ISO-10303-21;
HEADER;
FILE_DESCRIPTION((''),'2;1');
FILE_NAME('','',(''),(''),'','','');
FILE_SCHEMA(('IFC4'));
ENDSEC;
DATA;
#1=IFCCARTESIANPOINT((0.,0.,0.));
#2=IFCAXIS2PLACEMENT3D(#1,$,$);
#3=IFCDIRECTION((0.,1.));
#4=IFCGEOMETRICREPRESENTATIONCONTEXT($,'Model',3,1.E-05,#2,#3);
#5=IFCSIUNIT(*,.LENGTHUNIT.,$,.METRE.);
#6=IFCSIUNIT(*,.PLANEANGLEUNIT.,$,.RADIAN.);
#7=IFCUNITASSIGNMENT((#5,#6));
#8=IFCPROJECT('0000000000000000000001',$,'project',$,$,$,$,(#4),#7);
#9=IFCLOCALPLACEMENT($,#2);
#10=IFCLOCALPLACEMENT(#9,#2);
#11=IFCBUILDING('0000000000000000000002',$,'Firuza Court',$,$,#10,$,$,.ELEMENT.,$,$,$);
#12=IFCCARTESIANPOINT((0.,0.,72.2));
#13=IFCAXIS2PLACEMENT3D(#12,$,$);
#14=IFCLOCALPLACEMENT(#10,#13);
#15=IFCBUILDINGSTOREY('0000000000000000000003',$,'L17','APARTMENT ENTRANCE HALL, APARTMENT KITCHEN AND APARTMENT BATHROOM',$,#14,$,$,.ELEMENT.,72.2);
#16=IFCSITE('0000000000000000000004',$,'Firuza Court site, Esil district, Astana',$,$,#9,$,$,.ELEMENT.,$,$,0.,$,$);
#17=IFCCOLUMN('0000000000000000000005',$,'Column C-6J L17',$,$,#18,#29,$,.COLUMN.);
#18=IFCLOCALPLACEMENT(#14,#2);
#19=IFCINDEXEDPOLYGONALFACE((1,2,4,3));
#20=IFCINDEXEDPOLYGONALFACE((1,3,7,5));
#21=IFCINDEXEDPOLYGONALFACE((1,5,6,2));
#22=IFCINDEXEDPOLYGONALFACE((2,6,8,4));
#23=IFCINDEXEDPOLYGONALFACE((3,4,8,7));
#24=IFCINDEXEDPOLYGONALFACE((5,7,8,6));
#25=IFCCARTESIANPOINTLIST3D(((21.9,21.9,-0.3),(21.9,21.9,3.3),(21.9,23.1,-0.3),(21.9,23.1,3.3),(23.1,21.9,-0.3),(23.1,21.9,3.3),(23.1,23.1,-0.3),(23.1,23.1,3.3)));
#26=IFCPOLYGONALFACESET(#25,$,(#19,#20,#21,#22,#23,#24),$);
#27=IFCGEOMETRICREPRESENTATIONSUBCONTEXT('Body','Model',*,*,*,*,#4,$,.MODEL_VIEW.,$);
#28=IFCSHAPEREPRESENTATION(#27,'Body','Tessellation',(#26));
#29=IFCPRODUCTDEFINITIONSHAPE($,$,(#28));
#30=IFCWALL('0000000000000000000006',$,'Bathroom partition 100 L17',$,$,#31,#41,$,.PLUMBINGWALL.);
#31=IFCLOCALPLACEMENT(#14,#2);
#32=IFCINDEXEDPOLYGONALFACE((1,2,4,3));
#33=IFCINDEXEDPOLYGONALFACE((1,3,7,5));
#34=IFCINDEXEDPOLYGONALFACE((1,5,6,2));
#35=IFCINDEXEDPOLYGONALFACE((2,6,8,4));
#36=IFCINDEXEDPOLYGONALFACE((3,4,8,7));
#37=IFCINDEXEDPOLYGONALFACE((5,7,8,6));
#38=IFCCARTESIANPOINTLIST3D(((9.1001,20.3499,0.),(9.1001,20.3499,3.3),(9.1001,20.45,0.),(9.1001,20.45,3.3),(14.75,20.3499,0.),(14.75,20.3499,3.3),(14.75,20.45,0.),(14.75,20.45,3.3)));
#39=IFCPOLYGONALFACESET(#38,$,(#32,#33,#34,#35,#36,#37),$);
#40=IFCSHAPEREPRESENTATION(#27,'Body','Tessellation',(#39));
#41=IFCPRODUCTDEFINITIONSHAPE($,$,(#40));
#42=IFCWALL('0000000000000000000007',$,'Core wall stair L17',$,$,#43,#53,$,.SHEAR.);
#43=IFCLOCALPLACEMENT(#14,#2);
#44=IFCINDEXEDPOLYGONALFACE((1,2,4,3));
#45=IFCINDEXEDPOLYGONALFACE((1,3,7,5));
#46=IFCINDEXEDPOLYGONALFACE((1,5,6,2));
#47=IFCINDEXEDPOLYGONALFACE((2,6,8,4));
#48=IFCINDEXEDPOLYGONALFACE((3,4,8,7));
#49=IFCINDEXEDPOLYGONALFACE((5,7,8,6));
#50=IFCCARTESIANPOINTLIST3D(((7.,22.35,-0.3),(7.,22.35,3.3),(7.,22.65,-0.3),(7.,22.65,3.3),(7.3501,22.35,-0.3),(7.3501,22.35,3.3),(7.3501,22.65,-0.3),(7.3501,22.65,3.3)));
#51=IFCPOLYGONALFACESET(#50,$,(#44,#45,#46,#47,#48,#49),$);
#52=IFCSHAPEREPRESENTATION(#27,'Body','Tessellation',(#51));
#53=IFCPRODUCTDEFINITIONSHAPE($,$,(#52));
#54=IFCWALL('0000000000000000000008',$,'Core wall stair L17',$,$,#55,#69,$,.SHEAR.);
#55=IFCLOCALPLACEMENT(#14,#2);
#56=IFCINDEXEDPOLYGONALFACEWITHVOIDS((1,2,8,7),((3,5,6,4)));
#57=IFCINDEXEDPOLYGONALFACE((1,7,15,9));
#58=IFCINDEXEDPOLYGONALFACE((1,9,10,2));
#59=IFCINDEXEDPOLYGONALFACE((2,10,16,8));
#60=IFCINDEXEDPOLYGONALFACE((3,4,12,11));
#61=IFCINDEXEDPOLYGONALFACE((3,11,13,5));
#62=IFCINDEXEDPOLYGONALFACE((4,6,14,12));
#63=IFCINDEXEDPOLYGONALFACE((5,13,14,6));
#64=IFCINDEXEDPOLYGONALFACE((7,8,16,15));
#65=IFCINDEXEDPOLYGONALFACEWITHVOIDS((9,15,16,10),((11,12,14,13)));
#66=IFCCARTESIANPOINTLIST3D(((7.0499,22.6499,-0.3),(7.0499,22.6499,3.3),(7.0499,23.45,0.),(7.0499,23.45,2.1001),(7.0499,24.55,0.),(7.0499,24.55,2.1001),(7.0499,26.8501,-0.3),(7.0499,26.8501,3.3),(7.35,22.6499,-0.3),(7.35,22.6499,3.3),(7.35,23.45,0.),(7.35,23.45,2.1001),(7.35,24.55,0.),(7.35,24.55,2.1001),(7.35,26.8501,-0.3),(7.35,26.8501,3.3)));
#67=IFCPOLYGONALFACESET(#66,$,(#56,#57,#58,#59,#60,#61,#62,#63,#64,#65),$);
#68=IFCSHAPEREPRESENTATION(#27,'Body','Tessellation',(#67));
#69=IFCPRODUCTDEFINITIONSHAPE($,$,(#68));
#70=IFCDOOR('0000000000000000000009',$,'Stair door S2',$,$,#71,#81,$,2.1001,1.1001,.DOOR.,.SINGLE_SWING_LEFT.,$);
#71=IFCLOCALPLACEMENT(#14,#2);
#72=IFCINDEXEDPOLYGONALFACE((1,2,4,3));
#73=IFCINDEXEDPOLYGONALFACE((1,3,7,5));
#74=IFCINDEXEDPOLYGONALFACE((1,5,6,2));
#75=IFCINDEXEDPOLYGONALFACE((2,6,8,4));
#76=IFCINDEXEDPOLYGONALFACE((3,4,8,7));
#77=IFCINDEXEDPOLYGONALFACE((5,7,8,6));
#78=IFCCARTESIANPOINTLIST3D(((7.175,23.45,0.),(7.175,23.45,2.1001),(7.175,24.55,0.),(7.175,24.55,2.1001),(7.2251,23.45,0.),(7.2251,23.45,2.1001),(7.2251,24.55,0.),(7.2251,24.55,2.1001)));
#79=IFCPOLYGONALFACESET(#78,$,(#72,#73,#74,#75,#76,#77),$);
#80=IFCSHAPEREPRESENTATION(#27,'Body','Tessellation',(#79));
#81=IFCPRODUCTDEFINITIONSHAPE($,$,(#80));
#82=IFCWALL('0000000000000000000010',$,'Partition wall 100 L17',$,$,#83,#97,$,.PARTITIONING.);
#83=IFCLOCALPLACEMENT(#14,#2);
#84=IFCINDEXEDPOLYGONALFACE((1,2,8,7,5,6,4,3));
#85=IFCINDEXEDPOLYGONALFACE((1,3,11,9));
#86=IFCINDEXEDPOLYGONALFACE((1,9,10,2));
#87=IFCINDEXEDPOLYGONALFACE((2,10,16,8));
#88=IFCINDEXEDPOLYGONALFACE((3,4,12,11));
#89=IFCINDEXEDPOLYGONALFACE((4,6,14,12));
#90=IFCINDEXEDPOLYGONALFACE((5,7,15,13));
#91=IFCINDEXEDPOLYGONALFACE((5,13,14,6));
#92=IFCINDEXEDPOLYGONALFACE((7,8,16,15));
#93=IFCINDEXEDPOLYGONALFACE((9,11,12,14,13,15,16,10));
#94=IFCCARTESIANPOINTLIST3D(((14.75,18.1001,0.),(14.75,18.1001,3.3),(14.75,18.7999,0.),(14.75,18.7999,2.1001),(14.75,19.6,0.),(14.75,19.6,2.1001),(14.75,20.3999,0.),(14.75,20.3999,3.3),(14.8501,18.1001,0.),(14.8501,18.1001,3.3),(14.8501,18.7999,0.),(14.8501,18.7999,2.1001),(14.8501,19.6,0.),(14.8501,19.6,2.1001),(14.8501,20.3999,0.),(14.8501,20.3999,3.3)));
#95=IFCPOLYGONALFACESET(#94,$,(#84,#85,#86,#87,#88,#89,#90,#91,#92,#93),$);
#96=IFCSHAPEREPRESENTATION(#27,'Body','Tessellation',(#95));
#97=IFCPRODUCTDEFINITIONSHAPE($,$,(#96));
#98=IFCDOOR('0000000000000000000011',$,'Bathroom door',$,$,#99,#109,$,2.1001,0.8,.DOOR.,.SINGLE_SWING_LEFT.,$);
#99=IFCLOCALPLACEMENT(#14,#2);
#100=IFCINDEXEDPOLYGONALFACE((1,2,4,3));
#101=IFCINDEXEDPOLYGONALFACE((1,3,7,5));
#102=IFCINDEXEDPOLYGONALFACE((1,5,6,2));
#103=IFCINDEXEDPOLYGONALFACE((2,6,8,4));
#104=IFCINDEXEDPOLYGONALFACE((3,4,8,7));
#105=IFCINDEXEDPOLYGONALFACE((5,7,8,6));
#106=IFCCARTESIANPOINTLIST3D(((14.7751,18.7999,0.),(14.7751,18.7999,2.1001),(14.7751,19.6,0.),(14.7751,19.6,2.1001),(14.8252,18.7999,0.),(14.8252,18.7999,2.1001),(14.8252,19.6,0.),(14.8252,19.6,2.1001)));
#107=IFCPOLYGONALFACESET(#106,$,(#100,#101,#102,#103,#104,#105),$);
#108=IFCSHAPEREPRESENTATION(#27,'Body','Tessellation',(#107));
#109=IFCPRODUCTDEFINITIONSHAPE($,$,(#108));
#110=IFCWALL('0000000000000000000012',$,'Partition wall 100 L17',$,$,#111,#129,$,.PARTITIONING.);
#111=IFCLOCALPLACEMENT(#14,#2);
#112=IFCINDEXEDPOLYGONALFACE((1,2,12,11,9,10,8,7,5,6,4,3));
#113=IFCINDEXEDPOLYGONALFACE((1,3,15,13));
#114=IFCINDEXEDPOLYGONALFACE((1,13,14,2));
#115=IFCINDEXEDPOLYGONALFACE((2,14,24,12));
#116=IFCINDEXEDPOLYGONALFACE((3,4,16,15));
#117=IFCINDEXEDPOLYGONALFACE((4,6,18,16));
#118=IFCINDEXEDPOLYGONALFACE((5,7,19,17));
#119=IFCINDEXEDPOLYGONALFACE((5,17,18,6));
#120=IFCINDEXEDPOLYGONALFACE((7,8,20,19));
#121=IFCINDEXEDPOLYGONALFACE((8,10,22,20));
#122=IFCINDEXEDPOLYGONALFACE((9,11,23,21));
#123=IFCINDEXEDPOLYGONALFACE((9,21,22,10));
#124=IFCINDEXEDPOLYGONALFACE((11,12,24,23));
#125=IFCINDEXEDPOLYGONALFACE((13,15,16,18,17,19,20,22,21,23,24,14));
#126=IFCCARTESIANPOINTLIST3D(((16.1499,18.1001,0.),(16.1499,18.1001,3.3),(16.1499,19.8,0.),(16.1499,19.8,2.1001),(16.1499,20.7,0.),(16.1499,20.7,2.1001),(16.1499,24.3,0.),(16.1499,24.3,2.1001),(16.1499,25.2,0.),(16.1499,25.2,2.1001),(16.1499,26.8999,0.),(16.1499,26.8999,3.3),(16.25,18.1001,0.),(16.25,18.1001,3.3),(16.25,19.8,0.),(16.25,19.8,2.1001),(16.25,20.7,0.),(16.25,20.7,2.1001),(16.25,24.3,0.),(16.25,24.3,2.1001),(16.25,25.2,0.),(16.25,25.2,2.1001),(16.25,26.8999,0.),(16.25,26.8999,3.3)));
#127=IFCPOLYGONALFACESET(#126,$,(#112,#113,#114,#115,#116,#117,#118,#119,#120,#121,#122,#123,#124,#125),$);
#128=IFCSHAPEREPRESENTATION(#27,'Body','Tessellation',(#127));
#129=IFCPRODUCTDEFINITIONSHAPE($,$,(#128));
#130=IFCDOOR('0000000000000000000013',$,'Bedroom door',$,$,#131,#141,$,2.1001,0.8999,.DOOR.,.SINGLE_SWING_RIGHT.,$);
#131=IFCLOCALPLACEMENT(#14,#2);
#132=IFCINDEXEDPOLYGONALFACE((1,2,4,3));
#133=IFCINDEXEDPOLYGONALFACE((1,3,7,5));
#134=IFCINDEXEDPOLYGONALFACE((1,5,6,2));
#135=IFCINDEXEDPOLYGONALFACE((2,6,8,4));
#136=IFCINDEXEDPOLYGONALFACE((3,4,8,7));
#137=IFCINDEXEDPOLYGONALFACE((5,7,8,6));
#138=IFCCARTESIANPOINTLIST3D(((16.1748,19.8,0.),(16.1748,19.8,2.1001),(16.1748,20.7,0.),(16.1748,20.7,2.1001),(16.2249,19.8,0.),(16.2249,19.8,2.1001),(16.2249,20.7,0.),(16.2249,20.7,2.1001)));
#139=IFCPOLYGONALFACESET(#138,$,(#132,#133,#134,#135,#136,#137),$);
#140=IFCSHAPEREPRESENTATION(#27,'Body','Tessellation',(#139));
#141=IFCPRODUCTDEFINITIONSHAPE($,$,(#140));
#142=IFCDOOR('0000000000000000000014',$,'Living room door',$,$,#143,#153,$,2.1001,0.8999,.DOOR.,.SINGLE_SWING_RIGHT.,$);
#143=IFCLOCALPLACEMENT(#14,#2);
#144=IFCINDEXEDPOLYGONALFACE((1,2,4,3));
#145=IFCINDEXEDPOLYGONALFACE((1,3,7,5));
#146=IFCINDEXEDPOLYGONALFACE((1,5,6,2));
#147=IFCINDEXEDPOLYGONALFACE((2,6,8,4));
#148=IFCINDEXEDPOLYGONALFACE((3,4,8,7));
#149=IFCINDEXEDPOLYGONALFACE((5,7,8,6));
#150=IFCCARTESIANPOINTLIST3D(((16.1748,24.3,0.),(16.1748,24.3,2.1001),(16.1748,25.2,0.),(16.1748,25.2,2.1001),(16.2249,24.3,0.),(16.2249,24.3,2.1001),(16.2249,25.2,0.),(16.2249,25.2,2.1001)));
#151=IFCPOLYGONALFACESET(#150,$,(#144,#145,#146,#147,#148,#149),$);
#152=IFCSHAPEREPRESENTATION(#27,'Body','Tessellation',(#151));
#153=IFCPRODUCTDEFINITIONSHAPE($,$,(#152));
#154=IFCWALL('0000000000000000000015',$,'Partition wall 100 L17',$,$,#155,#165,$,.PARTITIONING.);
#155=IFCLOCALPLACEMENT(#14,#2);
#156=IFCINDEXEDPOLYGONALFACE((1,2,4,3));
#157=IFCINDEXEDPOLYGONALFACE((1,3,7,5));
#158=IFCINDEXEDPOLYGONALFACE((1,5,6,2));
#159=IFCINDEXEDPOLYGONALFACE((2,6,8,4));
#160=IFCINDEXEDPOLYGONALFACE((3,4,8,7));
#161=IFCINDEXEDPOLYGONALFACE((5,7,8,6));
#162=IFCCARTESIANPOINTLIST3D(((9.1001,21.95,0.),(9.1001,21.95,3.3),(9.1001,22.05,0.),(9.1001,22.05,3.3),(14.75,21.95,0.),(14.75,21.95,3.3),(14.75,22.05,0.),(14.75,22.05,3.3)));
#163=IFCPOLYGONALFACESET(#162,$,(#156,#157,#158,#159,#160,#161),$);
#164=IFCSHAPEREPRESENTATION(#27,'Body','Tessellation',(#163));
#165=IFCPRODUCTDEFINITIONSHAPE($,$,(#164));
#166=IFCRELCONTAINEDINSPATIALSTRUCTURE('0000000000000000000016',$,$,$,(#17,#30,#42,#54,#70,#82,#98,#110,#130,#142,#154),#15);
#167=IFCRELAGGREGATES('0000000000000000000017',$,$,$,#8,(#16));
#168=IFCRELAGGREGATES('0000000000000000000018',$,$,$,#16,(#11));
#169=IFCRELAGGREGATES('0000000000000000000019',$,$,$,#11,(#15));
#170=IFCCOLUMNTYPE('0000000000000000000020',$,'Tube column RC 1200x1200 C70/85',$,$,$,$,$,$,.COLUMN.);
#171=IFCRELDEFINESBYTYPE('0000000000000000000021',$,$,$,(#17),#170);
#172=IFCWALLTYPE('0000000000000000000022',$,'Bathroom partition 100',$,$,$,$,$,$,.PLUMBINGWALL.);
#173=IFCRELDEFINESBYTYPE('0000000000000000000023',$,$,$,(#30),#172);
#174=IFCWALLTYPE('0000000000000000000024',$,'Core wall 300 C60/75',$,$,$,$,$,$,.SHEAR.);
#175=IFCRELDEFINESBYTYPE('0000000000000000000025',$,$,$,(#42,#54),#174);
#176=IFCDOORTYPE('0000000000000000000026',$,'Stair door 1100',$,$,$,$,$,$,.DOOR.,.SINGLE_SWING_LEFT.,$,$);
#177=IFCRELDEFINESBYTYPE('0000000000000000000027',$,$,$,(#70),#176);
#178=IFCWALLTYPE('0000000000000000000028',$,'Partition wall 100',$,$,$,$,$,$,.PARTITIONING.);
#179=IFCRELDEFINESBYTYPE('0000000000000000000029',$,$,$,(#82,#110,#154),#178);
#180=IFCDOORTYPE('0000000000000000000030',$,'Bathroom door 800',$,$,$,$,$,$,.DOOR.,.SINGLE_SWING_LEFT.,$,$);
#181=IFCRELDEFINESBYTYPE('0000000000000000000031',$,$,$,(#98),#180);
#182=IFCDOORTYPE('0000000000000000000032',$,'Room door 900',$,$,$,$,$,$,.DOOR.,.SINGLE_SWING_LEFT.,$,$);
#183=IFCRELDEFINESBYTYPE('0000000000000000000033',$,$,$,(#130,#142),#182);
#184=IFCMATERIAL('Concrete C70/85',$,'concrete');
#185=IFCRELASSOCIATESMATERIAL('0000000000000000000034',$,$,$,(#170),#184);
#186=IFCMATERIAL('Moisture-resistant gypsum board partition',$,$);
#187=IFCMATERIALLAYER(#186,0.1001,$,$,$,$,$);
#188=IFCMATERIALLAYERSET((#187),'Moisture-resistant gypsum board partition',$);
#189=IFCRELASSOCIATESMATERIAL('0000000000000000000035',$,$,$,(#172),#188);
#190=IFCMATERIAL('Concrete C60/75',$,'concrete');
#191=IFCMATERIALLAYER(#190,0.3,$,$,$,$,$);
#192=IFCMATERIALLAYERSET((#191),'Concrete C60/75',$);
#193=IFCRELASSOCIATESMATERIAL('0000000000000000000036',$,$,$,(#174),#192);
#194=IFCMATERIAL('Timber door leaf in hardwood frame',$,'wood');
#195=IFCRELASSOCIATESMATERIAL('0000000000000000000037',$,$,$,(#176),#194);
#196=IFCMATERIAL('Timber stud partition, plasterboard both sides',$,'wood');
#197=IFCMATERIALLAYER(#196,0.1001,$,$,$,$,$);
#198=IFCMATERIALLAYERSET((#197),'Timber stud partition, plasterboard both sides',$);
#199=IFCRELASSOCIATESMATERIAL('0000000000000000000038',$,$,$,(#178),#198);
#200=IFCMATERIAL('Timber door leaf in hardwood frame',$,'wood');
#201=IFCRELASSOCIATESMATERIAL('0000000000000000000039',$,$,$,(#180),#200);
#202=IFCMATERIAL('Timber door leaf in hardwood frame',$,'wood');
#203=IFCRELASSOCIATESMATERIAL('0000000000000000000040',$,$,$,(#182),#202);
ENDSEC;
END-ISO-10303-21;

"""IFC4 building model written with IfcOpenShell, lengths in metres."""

from ifc_helpers import new_model, si_unit, direction, frame, frame_2d, origin, origin_2d, place, context, subcontext, project, spatial, rectangle, extrude, material, layer, layer_set, material_profile, profile_set, type_object, element, fill, save


model = new_model("IFC4")

# Units and contexts
model_context = context("Model", 3, precision=1e-05, world=origin(), true_north=direction((0.0, 1.0)))
body_context = subcontext(model_context, "Body", "Model", "MODEL_VIEW")
ifc_project = project(units=[si_unit("LENGTHUNIT", "METRE"), si_unit("PLANEANGLEUNIT", "RADIAN")], contexts=[model_context])

# Site, building, storey
site_placement = place(None, origin())
site = spatial("IfcSite", under=ifc_project, at=site_placement, Name="Firuza Court site, Esil district, Astana", CompositionType="ELEMENT", RefElevation=0.0)
building_placement = place(site_placement, origin())
building = spatial("IfcBuilding", under=site, at=building_placement, Name="Firuza Court", CompositionType="ELEMENT")
storey_placement = place(building_placement, frame((0.0, 0.0, 72.2)))
storey = spatial("IfcBuildingStorey", under=building, at=storey_placement, Name="L17", Description="APARTMENT ENTRANCE HALL, APARTMENT KITCHEN AND APARTMENT BATHROOM", CompositionType="ELEMENT", Elevation=72.2)

# Column
ifc_material_1 = material(Name="Concrete C70/85", Category="concrete")
ifc_material_profile = material_profile(ifc_material_1, rectangle(XDim=1.2, YDim=1.2, at=origin_2d()), Name="RC 1200x1200")
ifc_profile_set = profile_set([ifc_material_profile], Name="Concrete C70/85")
column_type = type_object("IfcColumnType", Name="Tube column RC 1200x1200 C70/85", PredefinedType="COLUMN", material=ifc_profile_set)
column_placement = place(storey_placement, frame((22.5, 22.5, -0.3), z_axis=(0.0, 0.0, 1.0), x_axis=(1.0, 0.0, 0.0)))
element("IfcColumn", 1, at=column_placement, inside=storey, type_object=column_type, Name="Column C-6J L17", PredefinedType="COLUMN", context=body_context, shape_type="SweptSolid", body=[
    extrude(rectangle(XDim=1.2, YDim=1.2, at=origin_2d()), origin(), (0.0, 0.0, 1.0), 3.6001),
])

# Walls
ifc_material_2 = material(Name="Moisture-resistant gypsum board partition")
ifc_layer_1 = layer(ifc_material_2, 0.1001)
ifc_layer_set_1 = layer_set([ifc_layer_1], Name="Moisture-resistant gypsum board partition")
wall_type_1 = type_object("IfcWallType", Name="Bathroom partition 100", PredefinedType="PLUMBINGWALL", material=ifc_layer_set_1)
wall_1_placement = place(storey_placement, frame((9.1001, 20.3999, 0.0), z_axis=(0.0, 0.0, 1.0), x_axis=(1.0, 0.0, 0.0)))
element("IfcWall", 2, at=wall_1_placement, inside=storey, type_object=wall_type_1, Name="Bathroom partition 100 L17", PredefinedType="PLUMBINGWALL", context=body_context, shape_type="SweptSolid", body=[
    extrude(rectangle(XDim=5.6499, YDim=0.1001, at=frame_2d((2.825, 0.0))), origin(), (0.0, 0.0, 1.0), 3.3),
])
ifc_material_3 = material(Name="Concrete C60/75", Category="concrete")
ifc_layer_2 = layer(ifc_material_3, 0.3)
ifc_layer_set_2 = layer_set([ifc_layer_2], Name="Concrete C60/75")
wall_type_2 = type_object("IfcWallType", Name="Core wall 300 C60/75", PredefinedType="SHEAR", material=ifc_layer_set_2)
wall_2_placement = place(storey_placement, frame((7.0, 22.5, -0.3), z_axis=(0.0, 0.0, 1.0), x_axis=(1.0, 0.0, 0.0)))
element("IfcWall", 3, at=wall_2_placement, inside=storey, type_object=wall_type_2, Name="Core wall stair L17", PredefinedType="SHEAR", context=body_context, shape_type="SweptSolid", body=[
    extrude(rectangle(XDim=0.3501, YDim=0.3, at=frame_2d((0.175, 0.0))), origin(), (0.0, 0.0, 1.0), 3.6001),
])

# Walls, openings, doors
wall_3_placement = place(storey_placement, frame((7.2, 22.6499, -0.3), z_axis=(0.0, 0.0, 1.0), x_axis=(0.0, 1.0, 0.0)))
wall_3 = element("IfcWall", 4, at=wall_3_placement, inside=storey, type_object=wall_type_2, Name="Core wall stair L17", PredefinedType="SHEAR", context=body_context, shape_type="SweptSolid", body=[
    extrude(rectangle(XDim=4.2002, YDim=0.3, at=frame_2d((2.1001, 0.0))), origin(), (0.0, 0.0, 1.0), 3.6001),
])
opening_1_placement = place(wall_3_placement, frame((0.8, 0.0, 0.3)))
opening_1 = element("IfcOpeningElement", 5, at=opening_1_placement, cuts=wall_3, PredefinedType="OPENING", context=body_context, shape_type="SweptSolid", body=[
    extrude(rectangle(XDim=1.1001, YDim=2.1001, at=frame_2d((0.55, 1.05))), frame((0.0, 0.1621, 0.0), z_axis=(0.0, -1.0, 0.0), x_axis=(1.0, 0.0, 0.0)), (0.0, 0.0, 1.0), 0.324),
])
ifc_material_4 = material(Name="Timber door leaf in hardwood frame", Category="wood")
door_type_1 = type_object("IfcDoorType", Name="Stair door 1100", OperationType="SINGLE_SWING_LEFT", PredefinedType="DOOR", material=ifc_material_4)
door_1_placement = place(opening_1_placement, origin())
door_1 = element("IfcDoor", 6, at=door_1_placement, inside=storey, type_object=door_type_1, Name="Stair door S2", OperationType="SINGLE_SWING_LEFT", OverallHeight=2.1001, OverallWidth=1.1001, PredefinedType="DOOR", context=body_context, shape_type="SweptSolid", body=[
    extrude(rectangle(XDim=1.1001, YDim=2.1001, at=frame_2d((0.55, 1.05))), frame((0.0, 0.0249, 0.0), z_axis=(0.0, -1.0, 0.0), x_axis=(1.0, 0.0, 0.0)), (0.0, 0.0, 1.0), 0.05),
])
fill(opening_1, door_1)
ifc_material_5 = material(Name="Timber stud partition, plasterboard both sides", Category="wood")
ifc_layer_3 = layer(ifc_material_5, 0.1001)
ifc_layer_set_3 = layer_set([ifc_layer_3], Name="Timber stud partition, plasterboard both sides")
wall_type_3 = type_object("IfcWallType", Name="Partition wall 100", PredefinedType="PARTITIONING", material=ifc_layer_set_3)
wall_4_placement = place(storey_placement, frame((14.8, 18.1001, 0.0), z_axis=(0.0, 0.0, 1.0), x_axis=(0.0, 1.0, 0.0)))
wall_4 = element("IfcWall", 7, at=wall_4_placement, inside=storey, type_object=wall_type_3, Name="Partition wall 100 L17", PredefinedType="PARTITIONING", context=body_context, shape_type="SweptSolid", body=[
    extrude(rectangle(XDim=2.2998, YDim=0.1001, at=frame_2d((1.1499, 0.0))), origin(), (0.0, 0.0, 1.0), 3.3),
])
opening_2_placement = place(wall_4_placement, frame((0.7, 0.0, 0.0)))
opening_2 = element("IfcOpeningElement", 8, at=opening_2_placement, cuts=wall_4, PredefinedType="OPENING", context=body_context, shape_type="SweptSolid", body=[
    extrude(rectangle(XDim=0.8, YDim=2.1001, at=frame_2d((0.3999, 1.05))), frame((0.0, 0.062, 0.0), z_axis=(0.0, -1.0, 0.0), x_axis=(1.0, 0.0, 0.0)), (0.0, 0.0, 1.0), 0.124),
])
ifc_material_6 = material(Name="Timber door leaf in hardwood frame", Category="wood")
door_type_2 = type_object("IfcDoorType", Name="Bathroom door 800", OperationType="SINGLE_SWING_LEFT", PredefinedType="DOOR", material=ifc_material_6)
door_2_placement = place(opening_2_placement, origin())
door_2 = element("IfcDoor", 9, at=door_2_placement, inside=storey, type_object=door_type_2, Name="Bathroom door", OperationType="SINGLE_SWING_LEFT", OverallHeight=2.1001, OverallWidth=0.8, PredefinedType="DOOR", context=body_context, shape_type="SweptSolid", body=[
    extrude(rectangle(XDim=0.8, YDim=2.1001, at=frame_2d((0.3999, 1.05))), frame((0.0, 0.0249, 0.0), z_axis=(0.0, -1.0, 0.0), x_axis=(1.0, 0.0, 0.0)), (0.0, 0.0, 1.0), 0.05),
])
fill(opening_2, door_2)

# Wall, openings, doors
wall_5_placement = place(storey_placement, frame((16.2, 18.1001, 0.0), z_axis=(0.0, 0.0, 1.0), x_axis=(0.0, 1.0, 0.0)))
wall_5 = element("IfcWall", 10, at=wall_5_placement, inside=storey, type_object=wall_type_3, Name="Partition wall 100 L17", PredefinedType="PARTITIONING", context=body_context, shape_type="SweptSolid", body=[
    extrude(rectangle(XDim=8.7998, YDim=0.1001, at=frame_2d((4.3999, 0.0))), origin(), (0.0, 0.0, 1.0), 3.3),
])
opening_3_placement = place(wall_5_placement, frame((1.7, 0.0, 0.0)))
opening_3 = element("IfcOpeningElement", 11, at=opening_3_placement, cuts=wall_5, PredefinedType="OPENING", context=body_context, shape_type="SweptSolid", body=[
    extrude(rectangle(XDim=0.8999, YDim=2.1001, at=frame_2d((0.45, 1.05))), frame((0.0, 0.062, 0.0), z_axis=(0.0, -1.0, 0.0), x_axis=(1.0, 0.0, 0.0)), (0.0, 0.0, 1.0), 0.124),
])
opening_4_placement = place(wall_5_placement, frame((6.2, 0.0, 0.0)))
opening_4 = element("IfcOpeningElement", 12, at=opening_4_placement, cuts=wall_5, PredefinedType="OPENING", context=body_context, shape_type="SweptSolid", body=[
    extrude(rectangle(XDim=0.8999, YDim=2.1001, at=frame_2d((0.45, 1.05))), frame((0.0, 0.062, 0.0), z_axis=(0.0, -1.0, 0.0), x_axis=(1.0, 0.0, 0.0)), (0.0, 0.0, 1.0), 0.124),
])
ifc_material_7 = material(Name="Timber door leaf in hardwood frame", Category="wood")
door_type_3 = type_object("IfcDoorType", Name="Room door 900", OperationType="SINGLE_SWING_LEFT", PredefinedType="DOOR", material=ifc_material_7)
door_3_placement = place(opening_3_placement, frame((0.8999, 0.0, 0.0), z_axis=(0.0, 0.0, 1.0), x_axis=(-1.0, 0.0, 0.0)))
door_3 = element("IfcDoor", 13, at=door_3_placement, inside=storey, type_object=door_type_3, Name="Bedroom door", OperationType="SINGLE_SWING_RIGHT", OverallHeight=2.1001, OverallWidth=0.8999, PredefinedType="DOOR", context=body_context, shape_type="SweptSolid", body=[
    extrude(rectangle(XDim=0.8999, YDim=2.1001, at=frame_2d((0.45, 1.05))), frame((0.0, 0.0249, 0.0), z_axis=(0.0, -1.0, 0.0), x_axis=(1.0, 0.0, 0.0)), (0.0, 0.0, 1.0), 0.05),
])
fill(opening_3, door_3)
door_4_placement = place(opening_4_placement, frame((0.8999, 0.0, 0.0), z_axis=(0.0, 0.0, 1.0), x_axis=(-1.0, 0.0, 0.0)))
door_4 = element("IfcDoor", 14, at=door_4_placement, inside=storey, type_object=door_type_3, Name="Living room door", OperationType="SINGLE_SWING_RIGHT", OverallHeight=2.1001, OverallWidth=0.8999, PredefinedType="DOOR", context=body_context, shape_type="SweptSolid", body=[
    extrude(rectangle(XDim=0.8999, YDim=2.1001, at=frame_2d((0.45, 1.05))), frame((0.0, 0.0249, 0.0), z_axis=(0.0, -1.0, 0.0), x_axis=(1.0, 0.0, 0.0)), (0.0, 0.0, 1.0), 0.05),
])
fill(opening_4, door_4)

# Wall
wall_6_placement = place(storey_placement, frame((9.1001, 22.0, 0.0), z_axis=(0.0, 0.0, 1.0), x_axis=(1.0, 0.0, 0.0)))
element("IfcWall", 15, at=wall_6_placement, inside=storey, type_object=wall_type_3, Name="Partition wall 100 L17", PredefinedType="PARTITIONING", context=body_context, shape_type="SweptSolid", body=[
    extrude(rectangle(XDim=5.6499, YDim=0.1001, at=frame_2d((2.825, 0.0))), origin(), (0.0, 0.0, 1.0), 3.3),
])

save(model, "model.ifc")
